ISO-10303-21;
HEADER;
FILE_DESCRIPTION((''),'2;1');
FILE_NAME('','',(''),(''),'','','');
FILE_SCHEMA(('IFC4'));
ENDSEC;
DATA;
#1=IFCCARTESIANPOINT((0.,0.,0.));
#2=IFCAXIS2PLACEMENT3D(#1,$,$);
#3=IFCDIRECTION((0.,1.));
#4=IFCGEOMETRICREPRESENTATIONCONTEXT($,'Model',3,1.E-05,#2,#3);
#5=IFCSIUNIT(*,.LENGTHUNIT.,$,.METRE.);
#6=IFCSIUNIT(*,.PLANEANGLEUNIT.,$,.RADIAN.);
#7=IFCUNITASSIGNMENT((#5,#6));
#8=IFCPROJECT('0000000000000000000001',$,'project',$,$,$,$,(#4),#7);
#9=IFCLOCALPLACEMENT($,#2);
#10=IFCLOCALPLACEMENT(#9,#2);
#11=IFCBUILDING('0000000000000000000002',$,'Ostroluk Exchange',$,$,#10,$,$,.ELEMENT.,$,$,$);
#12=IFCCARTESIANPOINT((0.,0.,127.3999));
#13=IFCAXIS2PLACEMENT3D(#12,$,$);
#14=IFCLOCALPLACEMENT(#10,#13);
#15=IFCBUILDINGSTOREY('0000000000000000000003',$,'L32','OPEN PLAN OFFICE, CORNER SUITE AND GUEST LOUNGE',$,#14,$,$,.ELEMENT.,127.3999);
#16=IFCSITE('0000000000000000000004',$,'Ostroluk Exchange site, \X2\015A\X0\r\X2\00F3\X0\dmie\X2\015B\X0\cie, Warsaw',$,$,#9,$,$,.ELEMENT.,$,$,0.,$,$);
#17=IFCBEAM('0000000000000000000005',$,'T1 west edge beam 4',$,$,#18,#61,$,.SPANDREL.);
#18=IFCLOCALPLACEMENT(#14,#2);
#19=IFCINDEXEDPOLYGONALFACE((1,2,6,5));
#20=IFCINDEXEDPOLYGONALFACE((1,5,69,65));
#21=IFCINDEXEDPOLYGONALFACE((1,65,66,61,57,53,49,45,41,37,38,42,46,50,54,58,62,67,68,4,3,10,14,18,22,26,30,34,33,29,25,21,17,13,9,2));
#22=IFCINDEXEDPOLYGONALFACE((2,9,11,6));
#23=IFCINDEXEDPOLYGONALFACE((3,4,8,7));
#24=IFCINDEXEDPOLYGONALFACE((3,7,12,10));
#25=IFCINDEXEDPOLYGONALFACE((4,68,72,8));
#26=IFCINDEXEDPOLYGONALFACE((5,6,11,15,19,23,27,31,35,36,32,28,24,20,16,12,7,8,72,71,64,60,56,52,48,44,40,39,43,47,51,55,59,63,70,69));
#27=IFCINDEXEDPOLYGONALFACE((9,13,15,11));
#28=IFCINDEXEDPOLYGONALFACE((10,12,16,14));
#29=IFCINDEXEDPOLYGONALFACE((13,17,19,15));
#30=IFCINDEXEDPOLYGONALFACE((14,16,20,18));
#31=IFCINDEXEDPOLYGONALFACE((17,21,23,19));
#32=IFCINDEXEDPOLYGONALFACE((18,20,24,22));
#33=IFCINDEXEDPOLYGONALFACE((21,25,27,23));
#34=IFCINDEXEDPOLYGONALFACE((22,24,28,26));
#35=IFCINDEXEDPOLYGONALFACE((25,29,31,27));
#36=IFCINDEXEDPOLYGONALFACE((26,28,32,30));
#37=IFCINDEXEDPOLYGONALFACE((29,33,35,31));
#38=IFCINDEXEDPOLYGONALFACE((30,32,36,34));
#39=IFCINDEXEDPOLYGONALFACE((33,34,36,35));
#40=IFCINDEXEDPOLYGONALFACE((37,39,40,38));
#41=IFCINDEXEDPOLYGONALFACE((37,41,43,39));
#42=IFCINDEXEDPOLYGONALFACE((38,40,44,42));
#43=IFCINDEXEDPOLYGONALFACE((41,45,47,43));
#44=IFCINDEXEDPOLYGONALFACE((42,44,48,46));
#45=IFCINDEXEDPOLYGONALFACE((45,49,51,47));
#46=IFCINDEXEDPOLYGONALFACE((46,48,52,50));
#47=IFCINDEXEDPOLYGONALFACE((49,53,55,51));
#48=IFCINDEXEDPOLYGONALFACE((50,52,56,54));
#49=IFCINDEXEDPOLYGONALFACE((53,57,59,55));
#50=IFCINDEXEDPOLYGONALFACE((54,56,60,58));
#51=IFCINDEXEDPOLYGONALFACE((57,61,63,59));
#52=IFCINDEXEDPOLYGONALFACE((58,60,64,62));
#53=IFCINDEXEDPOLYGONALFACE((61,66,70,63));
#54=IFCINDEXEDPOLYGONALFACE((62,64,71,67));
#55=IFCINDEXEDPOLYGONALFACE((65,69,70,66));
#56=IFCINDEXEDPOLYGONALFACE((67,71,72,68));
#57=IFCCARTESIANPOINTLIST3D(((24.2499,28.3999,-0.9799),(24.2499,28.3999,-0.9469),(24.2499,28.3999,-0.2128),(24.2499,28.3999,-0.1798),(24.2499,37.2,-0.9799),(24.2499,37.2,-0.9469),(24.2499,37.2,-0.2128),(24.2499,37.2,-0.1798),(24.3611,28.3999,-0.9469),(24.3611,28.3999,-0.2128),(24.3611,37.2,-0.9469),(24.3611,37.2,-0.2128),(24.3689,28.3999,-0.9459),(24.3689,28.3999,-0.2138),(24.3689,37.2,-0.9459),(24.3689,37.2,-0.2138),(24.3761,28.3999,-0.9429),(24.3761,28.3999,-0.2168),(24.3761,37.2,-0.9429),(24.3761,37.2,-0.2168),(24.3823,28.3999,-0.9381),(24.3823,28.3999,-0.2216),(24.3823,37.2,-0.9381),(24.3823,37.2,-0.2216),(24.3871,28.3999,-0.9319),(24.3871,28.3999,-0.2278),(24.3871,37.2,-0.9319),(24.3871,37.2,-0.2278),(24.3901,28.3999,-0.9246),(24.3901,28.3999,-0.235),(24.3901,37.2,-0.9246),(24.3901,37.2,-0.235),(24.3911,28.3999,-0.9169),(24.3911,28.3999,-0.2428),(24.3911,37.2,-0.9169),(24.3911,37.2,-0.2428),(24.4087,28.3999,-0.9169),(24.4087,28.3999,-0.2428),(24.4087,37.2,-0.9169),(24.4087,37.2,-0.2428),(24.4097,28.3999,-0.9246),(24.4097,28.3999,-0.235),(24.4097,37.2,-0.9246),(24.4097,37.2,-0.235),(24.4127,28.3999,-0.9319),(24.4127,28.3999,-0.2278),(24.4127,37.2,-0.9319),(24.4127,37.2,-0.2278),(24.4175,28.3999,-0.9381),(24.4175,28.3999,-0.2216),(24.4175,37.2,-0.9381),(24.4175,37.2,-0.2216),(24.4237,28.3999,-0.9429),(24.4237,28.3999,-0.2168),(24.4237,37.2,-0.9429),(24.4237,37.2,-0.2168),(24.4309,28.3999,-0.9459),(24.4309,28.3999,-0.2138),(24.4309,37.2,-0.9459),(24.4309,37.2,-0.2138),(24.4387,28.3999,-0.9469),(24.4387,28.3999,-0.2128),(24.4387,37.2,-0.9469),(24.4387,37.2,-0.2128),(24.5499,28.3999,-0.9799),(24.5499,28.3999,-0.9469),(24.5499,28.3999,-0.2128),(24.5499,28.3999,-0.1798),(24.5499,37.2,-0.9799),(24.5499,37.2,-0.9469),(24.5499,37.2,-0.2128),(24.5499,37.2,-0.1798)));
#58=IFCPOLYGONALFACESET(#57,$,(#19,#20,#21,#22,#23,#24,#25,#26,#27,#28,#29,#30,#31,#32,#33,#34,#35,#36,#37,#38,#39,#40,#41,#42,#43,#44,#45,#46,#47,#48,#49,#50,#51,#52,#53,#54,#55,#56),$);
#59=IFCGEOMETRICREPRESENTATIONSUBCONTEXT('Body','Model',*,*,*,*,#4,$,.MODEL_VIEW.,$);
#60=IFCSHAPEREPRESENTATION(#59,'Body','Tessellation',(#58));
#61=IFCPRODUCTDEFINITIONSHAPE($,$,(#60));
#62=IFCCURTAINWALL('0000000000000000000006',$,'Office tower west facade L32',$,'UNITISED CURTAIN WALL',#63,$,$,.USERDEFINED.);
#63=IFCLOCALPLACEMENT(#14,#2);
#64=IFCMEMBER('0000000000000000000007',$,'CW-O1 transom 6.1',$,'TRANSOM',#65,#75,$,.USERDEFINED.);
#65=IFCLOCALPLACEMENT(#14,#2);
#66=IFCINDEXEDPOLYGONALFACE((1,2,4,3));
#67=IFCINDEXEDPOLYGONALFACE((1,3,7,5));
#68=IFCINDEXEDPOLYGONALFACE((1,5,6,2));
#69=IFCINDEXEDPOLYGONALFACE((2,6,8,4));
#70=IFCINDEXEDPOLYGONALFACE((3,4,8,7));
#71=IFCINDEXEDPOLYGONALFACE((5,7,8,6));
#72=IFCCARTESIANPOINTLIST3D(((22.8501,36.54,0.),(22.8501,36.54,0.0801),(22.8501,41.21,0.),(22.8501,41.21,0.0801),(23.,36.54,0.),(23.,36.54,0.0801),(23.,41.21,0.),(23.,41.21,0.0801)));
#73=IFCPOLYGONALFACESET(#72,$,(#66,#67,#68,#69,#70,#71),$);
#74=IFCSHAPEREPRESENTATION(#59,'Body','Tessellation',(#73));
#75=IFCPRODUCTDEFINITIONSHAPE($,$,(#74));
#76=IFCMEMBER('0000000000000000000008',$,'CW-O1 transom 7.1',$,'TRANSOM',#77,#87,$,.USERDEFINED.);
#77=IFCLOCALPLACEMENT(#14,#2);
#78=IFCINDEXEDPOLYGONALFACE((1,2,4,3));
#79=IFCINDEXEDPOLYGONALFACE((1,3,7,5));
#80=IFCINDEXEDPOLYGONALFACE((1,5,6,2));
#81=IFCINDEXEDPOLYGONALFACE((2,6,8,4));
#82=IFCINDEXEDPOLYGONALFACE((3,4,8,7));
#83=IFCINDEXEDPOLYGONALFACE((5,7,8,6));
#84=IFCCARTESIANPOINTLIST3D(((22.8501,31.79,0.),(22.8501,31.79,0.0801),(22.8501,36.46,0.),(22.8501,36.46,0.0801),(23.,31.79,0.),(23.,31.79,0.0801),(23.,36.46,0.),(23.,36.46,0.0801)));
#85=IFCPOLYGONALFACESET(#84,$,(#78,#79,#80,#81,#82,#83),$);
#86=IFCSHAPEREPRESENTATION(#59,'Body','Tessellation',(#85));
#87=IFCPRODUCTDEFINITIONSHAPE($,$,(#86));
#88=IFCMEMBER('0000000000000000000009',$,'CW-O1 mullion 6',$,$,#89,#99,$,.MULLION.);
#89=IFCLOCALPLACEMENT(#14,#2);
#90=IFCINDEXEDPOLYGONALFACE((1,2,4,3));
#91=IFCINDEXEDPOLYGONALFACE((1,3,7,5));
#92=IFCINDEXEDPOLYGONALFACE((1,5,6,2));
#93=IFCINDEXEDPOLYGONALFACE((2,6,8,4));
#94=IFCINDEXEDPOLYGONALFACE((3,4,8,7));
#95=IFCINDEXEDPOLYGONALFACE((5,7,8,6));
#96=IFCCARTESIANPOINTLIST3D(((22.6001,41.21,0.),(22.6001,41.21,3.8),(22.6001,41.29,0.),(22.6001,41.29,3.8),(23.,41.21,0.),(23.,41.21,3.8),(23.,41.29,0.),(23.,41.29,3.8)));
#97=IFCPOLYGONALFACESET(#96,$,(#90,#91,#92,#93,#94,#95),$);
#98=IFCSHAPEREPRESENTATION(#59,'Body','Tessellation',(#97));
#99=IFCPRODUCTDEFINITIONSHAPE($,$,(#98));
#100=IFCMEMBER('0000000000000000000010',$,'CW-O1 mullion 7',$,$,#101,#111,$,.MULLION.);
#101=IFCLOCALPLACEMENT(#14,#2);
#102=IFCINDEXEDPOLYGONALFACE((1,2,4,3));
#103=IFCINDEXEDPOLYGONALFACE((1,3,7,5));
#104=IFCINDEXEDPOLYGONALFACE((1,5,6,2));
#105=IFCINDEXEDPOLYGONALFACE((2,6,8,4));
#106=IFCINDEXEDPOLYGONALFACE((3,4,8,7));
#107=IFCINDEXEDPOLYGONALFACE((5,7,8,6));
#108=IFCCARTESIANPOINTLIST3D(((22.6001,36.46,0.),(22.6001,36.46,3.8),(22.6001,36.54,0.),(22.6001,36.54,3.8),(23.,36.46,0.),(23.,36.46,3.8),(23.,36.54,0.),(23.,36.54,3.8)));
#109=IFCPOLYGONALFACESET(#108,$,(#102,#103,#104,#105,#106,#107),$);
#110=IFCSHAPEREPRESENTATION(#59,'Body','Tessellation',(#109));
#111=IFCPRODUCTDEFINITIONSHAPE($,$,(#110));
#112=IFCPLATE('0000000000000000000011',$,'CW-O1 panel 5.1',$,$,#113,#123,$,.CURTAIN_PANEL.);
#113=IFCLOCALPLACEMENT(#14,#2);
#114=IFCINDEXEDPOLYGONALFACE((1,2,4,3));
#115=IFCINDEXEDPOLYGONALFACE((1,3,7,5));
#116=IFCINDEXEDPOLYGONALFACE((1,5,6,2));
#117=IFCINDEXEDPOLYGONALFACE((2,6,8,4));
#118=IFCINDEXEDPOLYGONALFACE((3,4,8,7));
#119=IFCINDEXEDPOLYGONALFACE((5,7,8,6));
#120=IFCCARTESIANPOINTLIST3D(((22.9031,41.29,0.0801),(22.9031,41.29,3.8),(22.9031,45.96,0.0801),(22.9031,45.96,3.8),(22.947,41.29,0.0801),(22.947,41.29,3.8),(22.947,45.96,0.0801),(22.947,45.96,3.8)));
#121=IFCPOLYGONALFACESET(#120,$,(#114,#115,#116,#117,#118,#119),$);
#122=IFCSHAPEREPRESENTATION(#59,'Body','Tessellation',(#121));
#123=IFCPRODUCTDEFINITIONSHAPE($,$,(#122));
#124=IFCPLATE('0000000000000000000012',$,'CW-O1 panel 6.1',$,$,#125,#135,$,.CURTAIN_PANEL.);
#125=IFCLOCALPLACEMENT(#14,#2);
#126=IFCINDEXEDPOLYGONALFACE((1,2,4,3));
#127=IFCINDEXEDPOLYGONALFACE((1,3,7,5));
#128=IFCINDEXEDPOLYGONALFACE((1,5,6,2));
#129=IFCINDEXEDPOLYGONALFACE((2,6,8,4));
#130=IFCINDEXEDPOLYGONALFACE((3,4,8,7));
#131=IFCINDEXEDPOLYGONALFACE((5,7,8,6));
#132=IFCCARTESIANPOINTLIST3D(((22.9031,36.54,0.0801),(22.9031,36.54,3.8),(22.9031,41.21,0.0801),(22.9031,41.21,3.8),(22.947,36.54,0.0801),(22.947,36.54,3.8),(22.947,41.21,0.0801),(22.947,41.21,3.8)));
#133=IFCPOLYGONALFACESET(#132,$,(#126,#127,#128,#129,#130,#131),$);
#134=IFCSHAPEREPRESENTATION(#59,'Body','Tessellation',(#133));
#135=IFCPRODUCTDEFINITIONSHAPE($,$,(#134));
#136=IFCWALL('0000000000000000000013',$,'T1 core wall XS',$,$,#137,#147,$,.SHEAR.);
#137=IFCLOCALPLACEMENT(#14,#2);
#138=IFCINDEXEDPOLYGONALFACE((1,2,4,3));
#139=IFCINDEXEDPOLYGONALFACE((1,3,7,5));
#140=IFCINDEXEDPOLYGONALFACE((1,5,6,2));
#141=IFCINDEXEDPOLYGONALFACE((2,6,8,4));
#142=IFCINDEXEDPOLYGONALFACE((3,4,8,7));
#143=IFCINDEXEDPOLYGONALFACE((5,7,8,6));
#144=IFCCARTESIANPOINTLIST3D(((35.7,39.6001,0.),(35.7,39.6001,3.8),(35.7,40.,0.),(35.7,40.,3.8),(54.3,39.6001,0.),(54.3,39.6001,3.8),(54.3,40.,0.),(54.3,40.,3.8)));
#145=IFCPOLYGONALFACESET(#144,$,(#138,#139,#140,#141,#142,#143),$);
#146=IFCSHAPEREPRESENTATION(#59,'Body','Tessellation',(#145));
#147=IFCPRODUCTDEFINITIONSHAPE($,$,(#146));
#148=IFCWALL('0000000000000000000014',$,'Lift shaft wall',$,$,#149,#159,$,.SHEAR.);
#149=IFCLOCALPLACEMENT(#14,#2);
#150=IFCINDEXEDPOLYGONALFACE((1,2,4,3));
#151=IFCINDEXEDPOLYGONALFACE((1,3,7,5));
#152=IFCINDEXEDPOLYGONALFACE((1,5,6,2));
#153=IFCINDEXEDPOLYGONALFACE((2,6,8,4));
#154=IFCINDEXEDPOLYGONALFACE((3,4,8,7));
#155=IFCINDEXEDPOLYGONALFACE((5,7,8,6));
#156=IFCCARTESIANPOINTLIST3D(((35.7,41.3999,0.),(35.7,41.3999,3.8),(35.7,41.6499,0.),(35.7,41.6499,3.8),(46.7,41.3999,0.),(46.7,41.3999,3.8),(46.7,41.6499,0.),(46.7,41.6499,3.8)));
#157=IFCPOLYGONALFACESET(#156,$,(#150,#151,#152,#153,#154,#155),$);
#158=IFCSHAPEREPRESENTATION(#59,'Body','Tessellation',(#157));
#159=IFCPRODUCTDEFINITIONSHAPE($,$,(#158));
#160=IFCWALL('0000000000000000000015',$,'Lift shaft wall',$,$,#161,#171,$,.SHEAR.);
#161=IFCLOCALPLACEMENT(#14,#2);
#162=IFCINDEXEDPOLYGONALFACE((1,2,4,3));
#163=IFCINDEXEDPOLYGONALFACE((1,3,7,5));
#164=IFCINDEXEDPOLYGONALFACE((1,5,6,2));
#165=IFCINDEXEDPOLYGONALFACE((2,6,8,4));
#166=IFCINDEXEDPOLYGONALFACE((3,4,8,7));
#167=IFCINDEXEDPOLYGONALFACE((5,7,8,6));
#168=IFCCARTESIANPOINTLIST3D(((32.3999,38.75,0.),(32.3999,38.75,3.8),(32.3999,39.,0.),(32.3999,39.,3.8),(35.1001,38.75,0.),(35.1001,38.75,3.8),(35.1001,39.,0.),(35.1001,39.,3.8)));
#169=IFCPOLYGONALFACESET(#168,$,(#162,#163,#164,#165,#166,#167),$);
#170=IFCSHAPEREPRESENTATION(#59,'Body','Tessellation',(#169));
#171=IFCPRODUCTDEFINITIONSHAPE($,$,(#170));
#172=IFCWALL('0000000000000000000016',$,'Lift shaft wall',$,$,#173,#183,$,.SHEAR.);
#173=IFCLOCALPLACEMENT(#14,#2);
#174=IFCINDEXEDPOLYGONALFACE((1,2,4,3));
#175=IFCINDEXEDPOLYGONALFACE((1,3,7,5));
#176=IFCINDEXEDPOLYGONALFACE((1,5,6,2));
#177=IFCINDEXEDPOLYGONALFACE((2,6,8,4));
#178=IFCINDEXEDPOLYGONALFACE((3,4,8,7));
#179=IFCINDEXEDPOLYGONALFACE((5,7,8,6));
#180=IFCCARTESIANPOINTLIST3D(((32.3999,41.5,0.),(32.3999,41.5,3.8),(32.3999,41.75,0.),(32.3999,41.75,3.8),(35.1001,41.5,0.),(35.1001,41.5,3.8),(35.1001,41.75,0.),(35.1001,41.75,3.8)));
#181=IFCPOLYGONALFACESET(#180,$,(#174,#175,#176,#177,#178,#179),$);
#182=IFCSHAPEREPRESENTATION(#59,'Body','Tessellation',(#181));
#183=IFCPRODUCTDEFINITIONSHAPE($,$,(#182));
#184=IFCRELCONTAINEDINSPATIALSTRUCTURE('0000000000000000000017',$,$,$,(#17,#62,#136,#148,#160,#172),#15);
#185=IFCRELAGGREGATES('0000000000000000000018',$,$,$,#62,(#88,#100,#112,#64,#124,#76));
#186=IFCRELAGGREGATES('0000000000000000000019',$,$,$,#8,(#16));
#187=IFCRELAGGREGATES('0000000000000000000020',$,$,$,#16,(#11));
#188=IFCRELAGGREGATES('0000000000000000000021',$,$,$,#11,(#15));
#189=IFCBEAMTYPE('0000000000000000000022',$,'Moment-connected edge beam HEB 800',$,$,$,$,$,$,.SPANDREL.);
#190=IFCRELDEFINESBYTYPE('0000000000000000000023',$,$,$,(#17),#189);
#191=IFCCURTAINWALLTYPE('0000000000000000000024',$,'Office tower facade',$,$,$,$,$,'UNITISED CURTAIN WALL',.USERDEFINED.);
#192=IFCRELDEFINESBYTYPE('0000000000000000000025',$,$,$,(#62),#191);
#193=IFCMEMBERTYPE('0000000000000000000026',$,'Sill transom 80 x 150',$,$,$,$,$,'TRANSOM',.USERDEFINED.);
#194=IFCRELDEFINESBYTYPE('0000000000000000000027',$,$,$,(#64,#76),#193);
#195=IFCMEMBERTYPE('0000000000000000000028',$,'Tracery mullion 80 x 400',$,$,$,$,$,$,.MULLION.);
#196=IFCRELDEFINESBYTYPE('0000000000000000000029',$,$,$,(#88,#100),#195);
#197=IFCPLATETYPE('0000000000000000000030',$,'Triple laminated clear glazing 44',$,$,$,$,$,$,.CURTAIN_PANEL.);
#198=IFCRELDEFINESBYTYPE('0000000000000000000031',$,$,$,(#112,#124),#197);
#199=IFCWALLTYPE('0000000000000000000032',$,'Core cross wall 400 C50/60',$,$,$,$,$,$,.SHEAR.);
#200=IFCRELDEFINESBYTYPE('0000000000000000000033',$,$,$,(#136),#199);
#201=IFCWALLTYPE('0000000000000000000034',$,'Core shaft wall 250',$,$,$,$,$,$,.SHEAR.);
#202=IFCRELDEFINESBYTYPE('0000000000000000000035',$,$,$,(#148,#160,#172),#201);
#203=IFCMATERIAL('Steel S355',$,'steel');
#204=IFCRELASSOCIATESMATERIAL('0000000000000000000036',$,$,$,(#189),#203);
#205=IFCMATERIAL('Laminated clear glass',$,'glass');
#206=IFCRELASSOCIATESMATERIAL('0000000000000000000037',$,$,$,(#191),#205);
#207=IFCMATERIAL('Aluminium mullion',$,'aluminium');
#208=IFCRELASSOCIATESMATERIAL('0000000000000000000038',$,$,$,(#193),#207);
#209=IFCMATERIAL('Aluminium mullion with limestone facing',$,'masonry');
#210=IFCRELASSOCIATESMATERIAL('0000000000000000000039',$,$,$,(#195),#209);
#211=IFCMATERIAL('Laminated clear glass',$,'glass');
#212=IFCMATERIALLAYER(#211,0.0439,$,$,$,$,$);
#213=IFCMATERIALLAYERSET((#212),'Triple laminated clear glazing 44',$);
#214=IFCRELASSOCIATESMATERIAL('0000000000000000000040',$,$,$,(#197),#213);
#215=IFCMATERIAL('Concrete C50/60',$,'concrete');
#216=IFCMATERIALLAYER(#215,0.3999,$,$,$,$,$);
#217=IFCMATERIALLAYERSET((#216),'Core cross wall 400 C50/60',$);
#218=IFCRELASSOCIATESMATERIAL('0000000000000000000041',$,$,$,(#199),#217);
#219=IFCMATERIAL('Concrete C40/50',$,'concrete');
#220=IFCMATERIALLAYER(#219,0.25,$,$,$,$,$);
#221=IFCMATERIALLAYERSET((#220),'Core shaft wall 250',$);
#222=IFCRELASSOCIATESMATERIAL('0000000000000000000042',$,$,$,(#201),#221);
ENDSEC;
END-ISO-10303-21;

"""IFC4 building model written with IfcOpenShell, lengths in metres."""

from ifc_helpers import new_model, si_unit, direction, frame, frame_2d, origin, origin_2d, place, context, subcontext, project, spatial, rectangle, i_section, extrude, material, layer, layer_set, material_profile, profile_set, type_object, element, aggregate, save


model = new_model("IFC4")

# Units and contexts
model_context = context("Model", 3, precision=1e-05, world=origin(), true_north=direction((0.0, 1.0)))
body_context = subcontext(model_context, "Body", "Model", "MODEL_VIEW")
ifc_project = project(units=[si_unit("LENGTHUNIT", "METRE"), si_unit("PLANEANGLEUNIT", "RADIAN")], contexts=[model_context])

# Site, building, storey
site_placement = place(None, origin())
site = spatial("IfcSite", under=ifc_project, at=site_placement, Name="Ostroluk Exchange site, Śródmieście, Warsaw", CompositionType="ELEMENT", RefElevation=0.0)
building_placement = place(site_placement, origin())
building = spatial("IfcBuilding", under=site, at=building_placement, Name="Ostroluk Exchange", CompositionType="ELEMENT")
storey_placement = place(building_placement, frame((0.0, 0.0, 127.3999)))
storey = spatial("IfcBuildingStorey", under=building, at=storey_placement, Name="L32", Description="OPEN PLAN OFFICE, CORNER SUITE AND GUEST LOUNGE", CompositionType="ELEMENT", Elevation=127.3999)

# Beam
ifc_material_1 = material(Name="Steel S355", Category="steel")
ifc_material_profile_1 = material_profile(ifc_material_1, i_section(OverallWidth=0.3, OverallDepth=0.8, WebThickness=0.0176, FlangeThickness=0.033, FilletRadius=0.03, at=origin_2d()), Name="HEB 800")
ifc_profile_set_1 = profile_set([ifc_material_profile_1], Name="Steel S355")
beam_type_1 = type_object("IfcBeamType", Name="Moment-connected edge beam HEB 800", PredefinedType="SPANDREL", material=ifc_profile_set_1)
beam_1_placement = place(storey_placement, frame((24.3999, 37.2, -0.5798), z_axis=(0.0, -1.0, 0.0), x_axis=(1.0, 0.0, 0.0)))
element("IfcBeam", 1, at=beam_1_placement, inside=storey, type_object=beam_type_1, Name="T1 west edge beam 4", PredefinedType="SPANDREL", context=body_context, shape_type="SweptSolid", body=[
    extrude(i_section(OverallWidth=0.3, OverallDepth=0.8, WebThickness=0.0176, FlangeThickness=0.033, FilletRadius=0.03, at=origin_2d()), origin(), (0.0, 0.0, 1.0), 8.8),
])

# Curtain wall, members, plates
ifc_material_2 = material(Name="Laminated clear glass", Category="glass")
curtain_wall_type = type_object("IfcCurtainWallType", Name="Office tower facade", ElementType="UNITISED CURTAIN WALL", PredefinedType="USERDEFINED", material=ifc_material_2)
curtain_wall_placement = place(storey_placement, origin())
curtain_wall = element("IfcCurtainWall", 2, at=curtain_wall_placement, inside=storey, type_object=curtain_wall_type, Name="Office tower west facade L32", ObjectType="UNITISED CURTAIN WALL", PredefinedType="USERDEFINED")
ifc_material_3 = material(Name="Aluminium mullion", Category="aluminium")
ifc_material_profile_2 = material_profile(ifc_material_3, rectangle(XDim=0.1499, YDim=0.0801, at=origin_2d()), Name="Sill transom 80 x 150")
ifc_profile_set_2 = profile_set([ifc_material_profile_2], Name="Aluminium mullion")
member_type_1 = type_object("IfcMemberType", Name="Sill transom 80 x 150", ElementType="TRANSOM", PredefinedType="USERDEFINED", material=ifc_profile_set_2)
member_1_placement = place(storey_placement, frame((22.925, 41.21, 0.04), z_axis=(0.0, -1.0, 0.0), x_axis=(1.0, 0.0, 0.0)))
member_1 = element("IfcMember", 3, at=member_1_placement, type_object=member_type_1, Name="CW-O1 transom 6.1", ObjectType="TRANSOM", PredefinedType="USERDEFINED", context=body_context, shape_type="SweptSolid", body=[
    extrude(rectangle(XDim=0.1499, YDim=0.0801, at=origin_2d()), origin(), (0.0, 0.0, 1.0), 4.6699),
])
member_2_placement = place(storey_placement, frame((22.925, 36.46, 0.04), z_axis=(0.0, -1.0, 0.0), x_axis=(1.0, 0.0, 0.0)))
member_2 = element("IfcMember", 4, at=member_2_placement, type_object=member_type_1, Name="CW-O1 transom 7.1", ObjectType="TRANSOM", PredefinedType="USERDEFINED", context=body_context, shape_type="SweptSolid", body=[
    extrude(rectangle(XDim=0.1499, YDim=0.0801, at=origin_2d()), origin(), (0.0, 0.0, 1.0), 4.6699),
])
ifc_material_4 = material(Name="Aluminium mullion with limestone facing", Category="masonry")
ifc_material_profile_3 = material_profile(ifc_material_4, rectangle(XDim=0.3999, YDim=0.0801, at=origin_2d()), Name="Tracery mullion 80 x 400")
ifc_profile_set_3 = profile_set([ifc_material_profile_3], Name="Aluminium mullion with limestone facing")
member_type_2 = type_object("IfcMemberType", Name="Tracery mullion 80 x 400", PredefinedType="MULLION", material=ifc_profile_set_3)
member_3_placement = place(storey_placement, frame((22.8, 41.25, 0.0), z_axis=(0.0, 0.0, 1.0), x_axis=(1.0, 0.0, 0.0)))
member_3 = element("IfcMember", 5, at=member_3_placement, type_object=member_type_2, Name="CW-O1 mullion 6", PredefinedType="MULLION", context=body_context, shape_type="SweptSolid", body=[
    extrude(rectangle(XDim=0.3999, YDim=0.0801, at=origin_2d()), origin(), (0.0, 0.0, 1.0), 3.8),
])
member_4_placement = place(storey_placement, frame((22.8, 36.5, 0.0), z_axis=(0.0, 0.0, 1.0), x_axis=(1.0, 0.0, 0.0)))
member_4 = element("IfcMember", 6, at=member_4_placement, type_object=member_type_2, Name="CW-O1 mullion 7", PredefinedType="MULLION", context=body_context, shape_type="SweptSolid", body=[
    extrude(rectangle(XDim=0.3999, YDim=0.0801, at=origin_2d()), origin(), (0.0, 0.0, 1.0), 3.8),
])
ifc_material_5 = material(Name="Laminated clear glass", Category="glass")
ifc_layer_1 = layer(ifc_material_5, 0.0439)
ifc_layer_set_1 = layer_set([ifc_layer_1], Name="Triple laminated clear glazing 44")
plate_type = type_object("IfcPlateType", Name="Triple laminated clear glazing 44", PredefinedType="CURTAIN_PANEL", material=ifc_layer_set_1)
plate_1_placement = place(storey_placement, frame((22.925, 43.625, 0.0801), z_axis=(0.0, 0.0, 1.0), x_axis=(0.0, -1.0, 0.0)))
plate_1 = element("IfcPlate", 7, at=plate_1_placement, type_object=plate_type, Name="CW-O1 panel 5.1", PredefinedType="CURTAIN_PANEL", context=body_context, shape_type="SweptSolid", body=[
    extrude(rectangle(XDim=4.6699, YDim=0.0439, at=origin_2d()), origin(), (0.0, 0.0, 1.0), 3.72),
])
plate_2_placement = place(storey_placement, frame((22.925, 38.875, 0.0801), z_axis=(0.0, 0.0, 1.0), x_axis=(0.0, -1.0, 0.0)))
plate_2 = element("IfcPlate", 8, at=plate_2_placement, type_object=plate_type, Name="CW-O1 panel 6.1", PredefinedType="CURTAIN_PANEL", context=body_context, shape_type="SweptSolid", body=[
    extrude(rectangle(XDim=4.6699, YDim=0.0439, at=origin_2d()), origin(), (0.0, 0.0, 1.0), 3.72),
])
aggregate(curtain_wall, [member_3, member_4, plate_1, member_1, plate_2, member_2])

# Walls
ifc_material_6 = material(Name="Concrete C50/60", Category="concrete")
ifc_layer_2 = layer(ifc_material_6, 0.3999)
ifc_layer_set_2 = layer_set([ifc_layer_2], Name="Core cross wall 400 C50/60")
wall_type_1 = type_object("IfcWallType", Name="Core cross wall 400 C50/60", PredefinedType="SHEAR", material=ifc_layer_set_2)
wall_1_placement = place(storey_placement, frame((35.7, 39.8, 0.0), z_axis=(0.0, 0.0, 1.0), x_axis=(1.0, 0.0, 0.0)))
element("IfcWall", 9, at=wall_1_placement, inside=storey, type_object=wall_type_1, Name="T1 core wall XS", PredefinedType="SHEAR", context=body_context, shape_type="SweptSolid", body=[
    extrude(rectangle(XDim=18.6001, YDim=0.3999, at=frame_2d((9.3, 0.0))), origin(), (0.0, 0.0, 1.0), 3.8),
])
ifc_material_7 = material(Name="Concrete C40/50", Category="concrete")
ifc_layer_3 = layer(ifc_material_7, 0.25)
ifc_layer_set_3 = layer_set([ifc_layer_3], Name="Core shaft wall 250")
wall_type_2 = type_object("IfcWallType", Name="Core shaft wall 250", PredefinedType="SHEAR", material=ifc_layer_set_3)
wall_2_placement = place(storey_placement, frame((35.7, 41.5249, 0.0), z_axis=(0.0, 0.0, 1.0), x_axis=(1.0, 0.0, 0.0)))
element("IfcWall", 10, at=wall_2_placement, inside=storey, type_object=wall_type_2, Name="Lift shaft wall", PredefinedType="SHEAR", context=body_context, shape_type="SweptSolid", body=[
    extrude(rectangle(XDim=11.0, YDim=0.25, at=frame_2d((5.5, 0.0))), origin(), (0.0, 0.0, 1.0), 3.8),
])
for number, where, z_axis, x_axis, name in (
    (11, (32.3999, 38.875, 0.0), (0.0, 0.0, 1.0), (1.0, 0.0, 0.0), "Lift shaft wall"),
    (12, (32.3999, 41.625, 0.0), (0.0, 0.0, 1.0), (1.0, 0.0, 0.0), "Lift shaft wall"),
):
    element("IfcWall", number, at=place(storey_placement, frame(where, z_axis=z_axis, x_axis=x_axis)), inside=storey, type_object=wall_type_2, Name=name, PredefinedType="SHEAR", context=body_context, shape_type="SweptSolid", body=[
        extrude(rectangle(XDim=2.7002, YDim=0.25, at=frame_2d((1.3501, 0.0))), origin(), (0.0, 0.0, 1.0), 3.8),
    ])

save(model, "model.ifc")
